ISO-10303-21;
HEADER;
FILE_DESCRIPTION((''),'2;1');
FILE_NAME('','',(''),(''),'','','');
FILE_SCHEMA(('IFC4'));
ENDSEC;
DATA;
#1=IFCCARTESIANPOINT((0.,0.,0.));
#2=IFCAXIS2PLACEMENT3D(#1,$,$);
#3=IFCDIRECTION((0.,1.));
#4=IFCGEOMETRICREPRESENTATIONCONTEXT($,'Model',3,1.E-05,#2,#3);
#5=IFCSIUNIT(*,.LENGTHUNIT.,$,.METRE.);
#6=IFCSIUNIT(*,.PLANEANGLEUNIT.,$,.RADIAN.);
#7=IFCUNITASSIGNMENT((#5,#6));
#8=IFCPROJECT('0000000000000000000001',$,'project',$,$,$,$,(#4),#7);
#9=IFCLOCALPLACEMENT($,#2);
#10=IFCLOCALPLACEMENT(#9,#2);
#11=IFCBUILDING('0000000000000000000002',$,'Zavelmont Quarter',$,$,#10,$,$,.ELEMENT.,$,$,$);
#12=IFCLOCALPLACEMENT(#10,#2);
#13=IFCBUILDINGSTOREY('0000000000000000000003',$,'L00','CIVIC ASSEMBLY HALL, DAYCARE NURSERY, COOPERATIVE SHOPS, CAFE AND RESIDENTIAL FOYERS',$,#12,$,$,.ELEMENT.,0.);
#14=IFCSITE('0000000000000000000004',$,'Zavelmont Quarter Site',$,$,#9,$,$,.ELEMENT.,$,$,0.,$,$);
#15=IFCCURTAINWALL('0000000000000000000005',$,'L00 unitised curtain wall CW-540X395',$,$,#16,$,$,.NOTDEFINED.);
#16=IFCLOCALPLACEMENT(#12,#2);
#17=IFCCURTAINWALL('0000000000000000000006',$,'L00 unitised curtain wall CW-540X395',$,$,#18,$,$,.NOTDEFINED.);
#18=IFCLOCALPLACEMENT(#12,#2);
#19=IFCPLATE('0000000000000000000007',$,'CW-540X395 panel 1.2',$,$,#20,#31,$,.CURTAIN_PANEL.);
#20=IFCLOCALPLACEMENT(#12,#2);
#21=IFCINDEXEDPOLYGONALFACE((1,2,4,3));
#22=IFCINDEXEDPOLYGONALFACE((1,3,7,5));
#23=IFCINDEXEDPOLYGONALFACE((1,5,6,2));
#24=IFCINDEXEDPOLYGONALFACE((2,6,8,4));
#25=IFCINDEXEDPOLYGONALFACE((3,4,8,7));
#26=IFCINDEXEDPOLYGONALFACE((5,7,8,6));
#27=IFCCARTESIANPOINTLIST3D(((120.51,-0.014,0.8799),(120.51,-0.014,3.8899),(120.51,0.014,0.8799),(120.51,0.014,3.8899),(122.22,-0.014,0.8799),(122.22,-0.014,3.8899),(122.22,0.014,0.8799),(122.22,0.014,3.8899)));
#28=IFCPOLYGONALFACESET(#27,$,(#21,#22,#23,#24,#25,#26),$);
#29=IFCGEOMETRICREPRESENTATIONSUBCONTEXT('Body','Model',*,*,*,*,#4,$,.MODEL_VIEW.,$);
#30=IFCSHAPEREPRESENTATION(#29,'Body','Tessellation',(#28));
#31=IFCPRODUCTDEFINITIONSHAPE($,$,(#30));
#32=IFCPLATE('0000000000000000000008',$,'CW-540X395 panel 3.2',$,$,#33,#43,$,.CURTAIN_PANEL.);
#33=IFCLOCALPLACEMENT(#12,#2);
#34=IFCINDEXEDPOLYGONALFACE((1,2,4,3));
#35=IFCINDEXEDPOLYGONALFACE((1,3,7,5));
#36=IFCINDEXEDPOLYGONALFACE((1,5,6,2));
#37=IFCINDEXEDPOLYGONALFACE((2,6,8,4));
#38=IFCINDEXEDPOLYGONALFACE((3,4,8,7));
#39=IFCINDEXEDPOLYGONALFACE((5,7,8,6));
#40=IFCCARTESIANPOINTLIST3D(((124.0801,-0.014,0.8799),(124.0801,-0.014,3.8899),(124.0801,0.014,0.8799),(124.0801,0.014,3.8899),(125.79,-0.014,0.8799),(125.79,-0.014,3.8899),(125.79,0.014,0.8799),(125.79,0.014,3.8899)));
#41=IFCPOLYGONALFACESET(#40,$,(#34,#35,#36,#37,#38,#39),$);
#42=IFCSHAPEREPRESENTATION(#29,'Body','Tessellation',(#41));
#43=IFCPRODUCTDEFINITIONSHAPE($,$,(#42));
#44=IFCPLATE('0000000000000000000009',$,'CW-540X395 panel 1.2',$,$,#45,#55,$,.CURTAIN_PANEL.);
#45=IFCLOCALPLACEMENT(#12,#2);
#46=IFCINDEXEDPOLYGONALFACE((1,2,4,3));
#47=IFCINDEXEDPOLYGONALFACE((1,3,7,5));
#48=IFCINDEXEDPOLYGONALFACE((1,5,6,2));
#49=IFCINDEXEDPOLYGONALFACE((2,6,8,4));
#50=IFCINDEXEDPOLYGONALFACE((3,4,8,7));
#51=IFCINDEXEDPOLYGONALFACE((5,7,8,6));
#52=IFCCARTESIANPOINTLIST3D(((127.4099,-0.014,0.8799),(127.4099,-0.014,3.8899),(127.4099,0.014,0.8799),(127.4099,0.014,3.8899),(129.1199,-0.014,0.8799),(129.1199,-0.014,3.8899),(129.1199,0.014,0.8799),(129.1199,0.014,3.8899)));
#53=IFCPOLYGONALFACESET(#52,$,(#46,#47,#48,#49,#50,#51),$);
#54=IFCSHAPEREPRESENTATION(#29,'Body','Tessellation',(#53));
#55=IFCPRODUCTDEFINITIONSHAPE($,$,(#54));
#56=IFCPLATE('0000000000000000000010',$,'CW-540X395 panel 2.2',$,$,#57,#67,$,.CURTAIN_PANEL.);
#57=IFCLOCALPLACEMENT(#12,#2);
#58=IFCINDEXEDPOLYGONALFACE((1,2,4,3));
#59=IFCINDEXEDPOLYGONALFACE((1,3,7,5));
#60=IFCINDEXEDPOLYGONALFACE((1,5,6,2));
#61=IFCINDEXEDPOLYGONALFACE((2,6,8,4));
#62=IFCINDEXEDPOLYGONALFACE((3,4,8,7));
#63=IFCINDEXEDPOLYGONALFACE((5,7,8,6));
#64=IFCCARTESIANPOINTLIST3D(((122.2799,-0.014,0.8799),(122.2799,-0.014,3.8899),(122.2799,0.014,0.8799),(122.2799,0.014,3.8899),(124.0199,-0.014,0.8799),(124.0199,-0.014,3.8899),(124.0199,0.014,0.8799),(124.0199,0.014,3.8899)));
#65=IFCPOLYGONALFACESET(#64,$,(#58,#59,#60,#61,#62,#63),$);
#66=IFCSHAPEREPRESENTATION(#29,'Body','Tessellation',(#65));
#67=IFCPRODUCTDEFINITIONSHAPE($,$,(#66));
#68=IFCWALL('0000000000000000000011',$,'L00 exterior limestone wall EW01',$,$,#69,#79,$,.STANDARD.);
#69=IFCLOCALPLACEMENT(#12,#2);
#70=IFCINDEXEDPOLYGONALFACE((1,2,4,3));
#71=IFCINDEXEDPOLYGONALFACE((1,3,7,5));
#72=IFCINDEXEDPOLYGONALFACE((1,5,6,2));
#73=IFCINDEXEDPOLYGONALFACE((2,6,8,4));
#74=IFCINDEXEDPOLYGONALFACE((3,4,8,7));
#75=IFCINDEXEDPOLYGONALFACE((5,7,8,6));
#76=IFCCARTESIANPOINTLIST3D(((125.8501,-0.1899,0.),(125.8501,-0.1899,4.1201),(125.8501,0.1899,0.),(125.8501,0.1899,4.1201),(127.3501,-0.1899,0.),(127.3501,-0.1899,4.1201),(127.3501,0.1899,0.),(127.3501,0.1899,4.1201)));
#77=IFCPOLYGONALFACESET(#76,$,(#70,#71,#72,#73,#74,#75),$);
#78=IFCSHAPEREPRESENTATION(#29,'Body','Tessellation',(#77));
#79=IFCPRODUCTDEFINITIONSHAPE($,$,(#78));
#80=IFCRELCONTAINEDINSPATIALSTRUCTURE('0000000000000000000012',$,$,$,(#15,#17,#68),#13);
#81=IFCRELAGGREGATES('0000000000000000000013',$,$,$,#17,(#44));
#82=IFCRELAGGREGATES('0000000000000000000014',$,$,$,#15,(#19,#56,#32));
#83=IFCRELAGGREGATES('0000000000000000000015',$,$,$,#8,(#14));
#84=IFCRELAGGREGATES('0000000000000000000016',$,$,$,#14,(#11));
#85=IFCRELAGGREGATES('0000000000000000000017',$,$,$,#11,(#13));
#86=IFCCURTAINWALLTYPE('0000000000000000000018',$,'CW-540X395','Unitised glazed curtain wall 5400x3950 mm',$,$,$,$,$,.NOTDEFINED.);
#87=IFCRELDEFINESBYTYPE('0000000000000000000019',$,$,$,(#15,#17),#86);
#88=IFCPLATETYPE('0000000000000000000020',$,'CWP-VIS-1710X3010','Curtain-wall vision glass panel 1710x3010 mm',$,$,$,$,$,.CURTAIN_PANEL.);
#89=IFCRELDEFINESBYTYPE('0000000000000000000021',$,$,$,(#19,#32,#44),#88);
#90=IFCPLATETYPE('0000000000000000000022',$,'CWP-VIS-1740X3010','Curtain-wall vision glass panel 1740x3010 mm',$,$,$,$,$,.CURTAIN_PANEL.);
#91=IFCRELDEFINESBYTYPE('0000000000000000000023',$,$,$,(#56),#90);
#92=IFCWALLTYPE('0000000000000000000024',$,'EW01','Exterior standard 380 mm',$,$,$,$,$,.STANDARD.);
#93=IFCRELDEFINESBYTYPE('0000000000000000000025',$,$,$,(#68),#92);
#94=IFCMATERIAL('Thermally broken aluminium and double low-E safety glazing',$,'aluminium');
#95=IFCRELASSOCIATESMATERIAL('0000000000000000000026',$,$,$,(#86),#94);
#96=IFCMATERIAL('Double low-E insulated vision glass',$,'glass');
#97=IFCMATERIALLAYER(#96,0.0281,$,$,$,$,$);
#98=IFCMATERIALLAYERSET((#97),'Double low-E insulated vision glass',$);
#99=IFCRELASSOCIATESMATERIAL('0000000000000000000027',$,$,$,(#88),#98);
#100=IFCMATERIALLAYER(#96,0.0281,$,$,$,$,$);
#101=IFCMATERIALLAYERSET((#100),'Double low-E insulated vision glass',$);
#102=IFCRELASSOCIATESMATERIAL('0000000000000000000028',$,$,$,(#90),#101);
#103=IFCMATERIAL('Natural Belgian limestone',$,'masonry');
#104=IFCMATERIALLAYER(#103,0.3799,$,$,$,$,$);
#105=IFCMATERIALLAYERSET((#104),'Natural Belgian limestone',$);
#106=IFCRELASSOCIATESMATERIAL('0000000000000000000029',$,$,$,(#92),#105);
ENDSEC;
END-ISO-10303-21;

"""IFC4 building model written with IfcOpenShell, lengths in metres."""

from ifc_helpers import new_model, si_unit, direction, frame, frame_2d, origin, origin_2d, place, context, subcontext, project, spatial, rectangle, extrude, material, layer, layer_set, type_object, element, aggregate, save


model = new_model("IFC4")

# Units and contexts
model_context = context("Model", 3, precision=1e-05, world=origin(), true_north=direction((0.0, 1.0)))
body_context = subcontext(model_context, "Body", "Model", "MODEL_VIEW")
ifc_project = project(units=[si_unit("LENGTHUNIT", "METRE"), si_unit("PLANEANGLEUNIT", "RADIAN")], contexts=[model_context])

# Site, building, storey
site_placement = place(None, origin())
site = spatial("IfcSite", under=ifc_project, at=site_placement, Name="Zavelmont Quarter Site", CompositionType="ELEMENT", RefElevation=0.0)
building_placement = place(site_placement, origin())
building = spatial("IfcBuilding", under=site, at=building_placement, Name="Zavelmont Quarter", CompositionType="ELEMENT")
storey_placement = place(building_placement, origin())
storey = spatial("IfcBuildingStorey", under=building, at=storey_placement, Name="L00", Description="CIVIC ASSEMBLY HALL, DAYCARE NURSERY, COOPERATIVE SHOPS, CAFE AND RESIDENTIAL FOYERS", CompositionType="ELEMENT", Elevation=0.0)

# Curtain walls
ifc_material_1 = material(Name="Thermally broken aluminium and double low-E safety glazing", Category="aluminium")
curtain_wall_type = type_object("IfcCurtainWallType", Name="CW-540X395", Description="Unitised glazed curtain wall 5400x3950 mm", PredefinedType="NOTDEFINED", material=ifc_material_1)
curtain_wall_1_placement = place(storey_placement, origin())
curtain_wall_1 = element("IfcCurtainWall", 1, at=curtain_wall_1_placement, inside=storey, type_object=curtain_wall_type, Name="L00 unitised curtain wall CW-540X395", PredefinedType="NOTDEFINED")
curtain_wall_2_placement = place(storey_placement, origin())
curtain_wall_2 = element("IfcCurtainWall", 2, at=curtain_wall_2_placement, inside=storey, type_object=curtain_wall_type, Name="L00 unitised curtain wall CW-540X395", PredefinedType="NOTDEFINED")

# Plates
ifc_material_2 = material(Name="Double low-E insulated vision glass", Category="glass")
ifc_layer_1 = layer(ifc_material_2, 0.0281)
ifc_layer_set_1 = layer_set([ifc_layer_1], Name="Double low-E insulated vision glass")
plate_type_1 = type_object("IfcPlateType", Name="CWP-VIS-1710X3010", Description="Curtain-wall vision glass panel 1710x3010 mm", PredefinedType="CURTAIN_PANEL", material=ifc_layer_set_1)
plate_1_placement = place(storey_placement, frame((121.365, 0.0, 0.8799), z_axis=(0.0, 0.0, 1.0), x_axis=(1.0, 0.0, 0.0)))
plate_1 = element("IfcPlate", 3, at=plate_1_placement, type_object=plate_type_1, Name="CW-540X395 panel 1.2", PredefinedType="CURTAIN_PANEL", context=body_context, shape_type="SweptSolid", body=[
    extrude(rectangle(XDim=1.71, YDim=0.0281, at=origin_2d()), origin(), (0.0, 0.0, 1.0), 3.01),
])
plate_2_placement = place(storey_placement, frame((124.9351, 0.0, 0.8799), z_axis=(0.0, 0.0, 1.0), x_axis=(1.0, 0.0, 0.0)))
plate_2 = element("IfcPlate", 4, at=plate_2_placement, type_object=plate_type_1, Name="CW-540X395 panel 3.2", PredefinedType="CURTAIN_PANEL", context=body_context, shape_type="SweptSolid", body=[
    extrude(rectangle(XDim=1.71, YDim=0.0281, at=origin_2d()), origin(), (0.0, 0.0, 1.0), 3.01),
])
plate_3_placement = place(storey_placement, frame((128.2649, 0.0, 0.8799), z_axis=(0.0, 0.0, 1.0), x_axis=(1.0, 0.0, 0.0)))
plate_3 = element("IfcPlate", 5, at=plate_3_placement, type_object=plate_type_1, Name="CW-540X395 panel 1.2", PredefinedType="CURTAIN_PANEL", context=body_context, shape_type="SweptSolid", body=[
    extrude(rectangle(XDim=1.71, YDim=0.0281, at=origin_2d()), origin(), (0.0, 0.0, 1.0), 3.01),
])
aggregate(curtain_wall_2, [plate_3])
ifc_layer_2 = layer(ifc_material_2, 0.0281)
ifc_layer_set_2 = layer_set([ifc_layer_2], Name="Double low-E insulated vision glass")
plate_type_2 = type_object("IfcPlateType", Name="CWP-VIS-1740X3010", Description="Curtain-wall vision glass panel 1740x3010 mm", PredefinedType="CURTAIN_PANEL", material=ifc_layer_set_2)
plate_4_placement = place(storey_placement, frame((123.1499, 0.0, 0.8799), z_axis=(0.0, 0.0, 1.0), x_axis=(1.0, 0.0, 0.0)))
plate_4 = element("IfcPlate", 6, at=plate_4_placement, type_object=plate_type_2, Name="CW-540X395 panel 2.2", PredefinedType="CURTAIN_PANEL", context=body_context, shape_type="SweptSolid", body=[
    extrude(rectangle(XDim=1.74, YDim=0.0281, at=origin_2d()), origin(), (0.0, 0.0, 1.0), 3.01),
])
aggregate(curtain_wall_1, [plate_1, plate_4, plate_2])

# Wall
ifc_material_3 = material(Name="Natural Belgian limestone", Category="masonry")
ifc_layer_3 = layer(ifc_material_3, 0.3799)
ifc_layer_set_3 = layer_set([ifc_layer_3], Name="Natural Belgian limestone")
wall_type = type_object("IfcWallType", Name="EW01", Description="Exterior standard 380 mm", PredefinedType="STANDARD", material=ifc_layer_set_3)
wall_placement = place(storey_placement, frame((125.8501, 0.0, 0.0), z_axis=(0.0, 0.0, 1.0), x_axis=(1.0, 0.0, 0.0)))
element("IfcWall", 7, at=wall_placement, inside=storey, type_object=wall_type, Name="L00 exterior limestone wall EW01", PredefinedType="STANDARD", context=body_context, shape_type="SweptSolid", body=[
    extrude(rectangle(XDim=1.5, YDim=0.3799, at=frame_2d((0.75, 0.0))), origin(), (0.0, 0.0, 1.0), 4.1201),
])

save(model, "model.ifc")
